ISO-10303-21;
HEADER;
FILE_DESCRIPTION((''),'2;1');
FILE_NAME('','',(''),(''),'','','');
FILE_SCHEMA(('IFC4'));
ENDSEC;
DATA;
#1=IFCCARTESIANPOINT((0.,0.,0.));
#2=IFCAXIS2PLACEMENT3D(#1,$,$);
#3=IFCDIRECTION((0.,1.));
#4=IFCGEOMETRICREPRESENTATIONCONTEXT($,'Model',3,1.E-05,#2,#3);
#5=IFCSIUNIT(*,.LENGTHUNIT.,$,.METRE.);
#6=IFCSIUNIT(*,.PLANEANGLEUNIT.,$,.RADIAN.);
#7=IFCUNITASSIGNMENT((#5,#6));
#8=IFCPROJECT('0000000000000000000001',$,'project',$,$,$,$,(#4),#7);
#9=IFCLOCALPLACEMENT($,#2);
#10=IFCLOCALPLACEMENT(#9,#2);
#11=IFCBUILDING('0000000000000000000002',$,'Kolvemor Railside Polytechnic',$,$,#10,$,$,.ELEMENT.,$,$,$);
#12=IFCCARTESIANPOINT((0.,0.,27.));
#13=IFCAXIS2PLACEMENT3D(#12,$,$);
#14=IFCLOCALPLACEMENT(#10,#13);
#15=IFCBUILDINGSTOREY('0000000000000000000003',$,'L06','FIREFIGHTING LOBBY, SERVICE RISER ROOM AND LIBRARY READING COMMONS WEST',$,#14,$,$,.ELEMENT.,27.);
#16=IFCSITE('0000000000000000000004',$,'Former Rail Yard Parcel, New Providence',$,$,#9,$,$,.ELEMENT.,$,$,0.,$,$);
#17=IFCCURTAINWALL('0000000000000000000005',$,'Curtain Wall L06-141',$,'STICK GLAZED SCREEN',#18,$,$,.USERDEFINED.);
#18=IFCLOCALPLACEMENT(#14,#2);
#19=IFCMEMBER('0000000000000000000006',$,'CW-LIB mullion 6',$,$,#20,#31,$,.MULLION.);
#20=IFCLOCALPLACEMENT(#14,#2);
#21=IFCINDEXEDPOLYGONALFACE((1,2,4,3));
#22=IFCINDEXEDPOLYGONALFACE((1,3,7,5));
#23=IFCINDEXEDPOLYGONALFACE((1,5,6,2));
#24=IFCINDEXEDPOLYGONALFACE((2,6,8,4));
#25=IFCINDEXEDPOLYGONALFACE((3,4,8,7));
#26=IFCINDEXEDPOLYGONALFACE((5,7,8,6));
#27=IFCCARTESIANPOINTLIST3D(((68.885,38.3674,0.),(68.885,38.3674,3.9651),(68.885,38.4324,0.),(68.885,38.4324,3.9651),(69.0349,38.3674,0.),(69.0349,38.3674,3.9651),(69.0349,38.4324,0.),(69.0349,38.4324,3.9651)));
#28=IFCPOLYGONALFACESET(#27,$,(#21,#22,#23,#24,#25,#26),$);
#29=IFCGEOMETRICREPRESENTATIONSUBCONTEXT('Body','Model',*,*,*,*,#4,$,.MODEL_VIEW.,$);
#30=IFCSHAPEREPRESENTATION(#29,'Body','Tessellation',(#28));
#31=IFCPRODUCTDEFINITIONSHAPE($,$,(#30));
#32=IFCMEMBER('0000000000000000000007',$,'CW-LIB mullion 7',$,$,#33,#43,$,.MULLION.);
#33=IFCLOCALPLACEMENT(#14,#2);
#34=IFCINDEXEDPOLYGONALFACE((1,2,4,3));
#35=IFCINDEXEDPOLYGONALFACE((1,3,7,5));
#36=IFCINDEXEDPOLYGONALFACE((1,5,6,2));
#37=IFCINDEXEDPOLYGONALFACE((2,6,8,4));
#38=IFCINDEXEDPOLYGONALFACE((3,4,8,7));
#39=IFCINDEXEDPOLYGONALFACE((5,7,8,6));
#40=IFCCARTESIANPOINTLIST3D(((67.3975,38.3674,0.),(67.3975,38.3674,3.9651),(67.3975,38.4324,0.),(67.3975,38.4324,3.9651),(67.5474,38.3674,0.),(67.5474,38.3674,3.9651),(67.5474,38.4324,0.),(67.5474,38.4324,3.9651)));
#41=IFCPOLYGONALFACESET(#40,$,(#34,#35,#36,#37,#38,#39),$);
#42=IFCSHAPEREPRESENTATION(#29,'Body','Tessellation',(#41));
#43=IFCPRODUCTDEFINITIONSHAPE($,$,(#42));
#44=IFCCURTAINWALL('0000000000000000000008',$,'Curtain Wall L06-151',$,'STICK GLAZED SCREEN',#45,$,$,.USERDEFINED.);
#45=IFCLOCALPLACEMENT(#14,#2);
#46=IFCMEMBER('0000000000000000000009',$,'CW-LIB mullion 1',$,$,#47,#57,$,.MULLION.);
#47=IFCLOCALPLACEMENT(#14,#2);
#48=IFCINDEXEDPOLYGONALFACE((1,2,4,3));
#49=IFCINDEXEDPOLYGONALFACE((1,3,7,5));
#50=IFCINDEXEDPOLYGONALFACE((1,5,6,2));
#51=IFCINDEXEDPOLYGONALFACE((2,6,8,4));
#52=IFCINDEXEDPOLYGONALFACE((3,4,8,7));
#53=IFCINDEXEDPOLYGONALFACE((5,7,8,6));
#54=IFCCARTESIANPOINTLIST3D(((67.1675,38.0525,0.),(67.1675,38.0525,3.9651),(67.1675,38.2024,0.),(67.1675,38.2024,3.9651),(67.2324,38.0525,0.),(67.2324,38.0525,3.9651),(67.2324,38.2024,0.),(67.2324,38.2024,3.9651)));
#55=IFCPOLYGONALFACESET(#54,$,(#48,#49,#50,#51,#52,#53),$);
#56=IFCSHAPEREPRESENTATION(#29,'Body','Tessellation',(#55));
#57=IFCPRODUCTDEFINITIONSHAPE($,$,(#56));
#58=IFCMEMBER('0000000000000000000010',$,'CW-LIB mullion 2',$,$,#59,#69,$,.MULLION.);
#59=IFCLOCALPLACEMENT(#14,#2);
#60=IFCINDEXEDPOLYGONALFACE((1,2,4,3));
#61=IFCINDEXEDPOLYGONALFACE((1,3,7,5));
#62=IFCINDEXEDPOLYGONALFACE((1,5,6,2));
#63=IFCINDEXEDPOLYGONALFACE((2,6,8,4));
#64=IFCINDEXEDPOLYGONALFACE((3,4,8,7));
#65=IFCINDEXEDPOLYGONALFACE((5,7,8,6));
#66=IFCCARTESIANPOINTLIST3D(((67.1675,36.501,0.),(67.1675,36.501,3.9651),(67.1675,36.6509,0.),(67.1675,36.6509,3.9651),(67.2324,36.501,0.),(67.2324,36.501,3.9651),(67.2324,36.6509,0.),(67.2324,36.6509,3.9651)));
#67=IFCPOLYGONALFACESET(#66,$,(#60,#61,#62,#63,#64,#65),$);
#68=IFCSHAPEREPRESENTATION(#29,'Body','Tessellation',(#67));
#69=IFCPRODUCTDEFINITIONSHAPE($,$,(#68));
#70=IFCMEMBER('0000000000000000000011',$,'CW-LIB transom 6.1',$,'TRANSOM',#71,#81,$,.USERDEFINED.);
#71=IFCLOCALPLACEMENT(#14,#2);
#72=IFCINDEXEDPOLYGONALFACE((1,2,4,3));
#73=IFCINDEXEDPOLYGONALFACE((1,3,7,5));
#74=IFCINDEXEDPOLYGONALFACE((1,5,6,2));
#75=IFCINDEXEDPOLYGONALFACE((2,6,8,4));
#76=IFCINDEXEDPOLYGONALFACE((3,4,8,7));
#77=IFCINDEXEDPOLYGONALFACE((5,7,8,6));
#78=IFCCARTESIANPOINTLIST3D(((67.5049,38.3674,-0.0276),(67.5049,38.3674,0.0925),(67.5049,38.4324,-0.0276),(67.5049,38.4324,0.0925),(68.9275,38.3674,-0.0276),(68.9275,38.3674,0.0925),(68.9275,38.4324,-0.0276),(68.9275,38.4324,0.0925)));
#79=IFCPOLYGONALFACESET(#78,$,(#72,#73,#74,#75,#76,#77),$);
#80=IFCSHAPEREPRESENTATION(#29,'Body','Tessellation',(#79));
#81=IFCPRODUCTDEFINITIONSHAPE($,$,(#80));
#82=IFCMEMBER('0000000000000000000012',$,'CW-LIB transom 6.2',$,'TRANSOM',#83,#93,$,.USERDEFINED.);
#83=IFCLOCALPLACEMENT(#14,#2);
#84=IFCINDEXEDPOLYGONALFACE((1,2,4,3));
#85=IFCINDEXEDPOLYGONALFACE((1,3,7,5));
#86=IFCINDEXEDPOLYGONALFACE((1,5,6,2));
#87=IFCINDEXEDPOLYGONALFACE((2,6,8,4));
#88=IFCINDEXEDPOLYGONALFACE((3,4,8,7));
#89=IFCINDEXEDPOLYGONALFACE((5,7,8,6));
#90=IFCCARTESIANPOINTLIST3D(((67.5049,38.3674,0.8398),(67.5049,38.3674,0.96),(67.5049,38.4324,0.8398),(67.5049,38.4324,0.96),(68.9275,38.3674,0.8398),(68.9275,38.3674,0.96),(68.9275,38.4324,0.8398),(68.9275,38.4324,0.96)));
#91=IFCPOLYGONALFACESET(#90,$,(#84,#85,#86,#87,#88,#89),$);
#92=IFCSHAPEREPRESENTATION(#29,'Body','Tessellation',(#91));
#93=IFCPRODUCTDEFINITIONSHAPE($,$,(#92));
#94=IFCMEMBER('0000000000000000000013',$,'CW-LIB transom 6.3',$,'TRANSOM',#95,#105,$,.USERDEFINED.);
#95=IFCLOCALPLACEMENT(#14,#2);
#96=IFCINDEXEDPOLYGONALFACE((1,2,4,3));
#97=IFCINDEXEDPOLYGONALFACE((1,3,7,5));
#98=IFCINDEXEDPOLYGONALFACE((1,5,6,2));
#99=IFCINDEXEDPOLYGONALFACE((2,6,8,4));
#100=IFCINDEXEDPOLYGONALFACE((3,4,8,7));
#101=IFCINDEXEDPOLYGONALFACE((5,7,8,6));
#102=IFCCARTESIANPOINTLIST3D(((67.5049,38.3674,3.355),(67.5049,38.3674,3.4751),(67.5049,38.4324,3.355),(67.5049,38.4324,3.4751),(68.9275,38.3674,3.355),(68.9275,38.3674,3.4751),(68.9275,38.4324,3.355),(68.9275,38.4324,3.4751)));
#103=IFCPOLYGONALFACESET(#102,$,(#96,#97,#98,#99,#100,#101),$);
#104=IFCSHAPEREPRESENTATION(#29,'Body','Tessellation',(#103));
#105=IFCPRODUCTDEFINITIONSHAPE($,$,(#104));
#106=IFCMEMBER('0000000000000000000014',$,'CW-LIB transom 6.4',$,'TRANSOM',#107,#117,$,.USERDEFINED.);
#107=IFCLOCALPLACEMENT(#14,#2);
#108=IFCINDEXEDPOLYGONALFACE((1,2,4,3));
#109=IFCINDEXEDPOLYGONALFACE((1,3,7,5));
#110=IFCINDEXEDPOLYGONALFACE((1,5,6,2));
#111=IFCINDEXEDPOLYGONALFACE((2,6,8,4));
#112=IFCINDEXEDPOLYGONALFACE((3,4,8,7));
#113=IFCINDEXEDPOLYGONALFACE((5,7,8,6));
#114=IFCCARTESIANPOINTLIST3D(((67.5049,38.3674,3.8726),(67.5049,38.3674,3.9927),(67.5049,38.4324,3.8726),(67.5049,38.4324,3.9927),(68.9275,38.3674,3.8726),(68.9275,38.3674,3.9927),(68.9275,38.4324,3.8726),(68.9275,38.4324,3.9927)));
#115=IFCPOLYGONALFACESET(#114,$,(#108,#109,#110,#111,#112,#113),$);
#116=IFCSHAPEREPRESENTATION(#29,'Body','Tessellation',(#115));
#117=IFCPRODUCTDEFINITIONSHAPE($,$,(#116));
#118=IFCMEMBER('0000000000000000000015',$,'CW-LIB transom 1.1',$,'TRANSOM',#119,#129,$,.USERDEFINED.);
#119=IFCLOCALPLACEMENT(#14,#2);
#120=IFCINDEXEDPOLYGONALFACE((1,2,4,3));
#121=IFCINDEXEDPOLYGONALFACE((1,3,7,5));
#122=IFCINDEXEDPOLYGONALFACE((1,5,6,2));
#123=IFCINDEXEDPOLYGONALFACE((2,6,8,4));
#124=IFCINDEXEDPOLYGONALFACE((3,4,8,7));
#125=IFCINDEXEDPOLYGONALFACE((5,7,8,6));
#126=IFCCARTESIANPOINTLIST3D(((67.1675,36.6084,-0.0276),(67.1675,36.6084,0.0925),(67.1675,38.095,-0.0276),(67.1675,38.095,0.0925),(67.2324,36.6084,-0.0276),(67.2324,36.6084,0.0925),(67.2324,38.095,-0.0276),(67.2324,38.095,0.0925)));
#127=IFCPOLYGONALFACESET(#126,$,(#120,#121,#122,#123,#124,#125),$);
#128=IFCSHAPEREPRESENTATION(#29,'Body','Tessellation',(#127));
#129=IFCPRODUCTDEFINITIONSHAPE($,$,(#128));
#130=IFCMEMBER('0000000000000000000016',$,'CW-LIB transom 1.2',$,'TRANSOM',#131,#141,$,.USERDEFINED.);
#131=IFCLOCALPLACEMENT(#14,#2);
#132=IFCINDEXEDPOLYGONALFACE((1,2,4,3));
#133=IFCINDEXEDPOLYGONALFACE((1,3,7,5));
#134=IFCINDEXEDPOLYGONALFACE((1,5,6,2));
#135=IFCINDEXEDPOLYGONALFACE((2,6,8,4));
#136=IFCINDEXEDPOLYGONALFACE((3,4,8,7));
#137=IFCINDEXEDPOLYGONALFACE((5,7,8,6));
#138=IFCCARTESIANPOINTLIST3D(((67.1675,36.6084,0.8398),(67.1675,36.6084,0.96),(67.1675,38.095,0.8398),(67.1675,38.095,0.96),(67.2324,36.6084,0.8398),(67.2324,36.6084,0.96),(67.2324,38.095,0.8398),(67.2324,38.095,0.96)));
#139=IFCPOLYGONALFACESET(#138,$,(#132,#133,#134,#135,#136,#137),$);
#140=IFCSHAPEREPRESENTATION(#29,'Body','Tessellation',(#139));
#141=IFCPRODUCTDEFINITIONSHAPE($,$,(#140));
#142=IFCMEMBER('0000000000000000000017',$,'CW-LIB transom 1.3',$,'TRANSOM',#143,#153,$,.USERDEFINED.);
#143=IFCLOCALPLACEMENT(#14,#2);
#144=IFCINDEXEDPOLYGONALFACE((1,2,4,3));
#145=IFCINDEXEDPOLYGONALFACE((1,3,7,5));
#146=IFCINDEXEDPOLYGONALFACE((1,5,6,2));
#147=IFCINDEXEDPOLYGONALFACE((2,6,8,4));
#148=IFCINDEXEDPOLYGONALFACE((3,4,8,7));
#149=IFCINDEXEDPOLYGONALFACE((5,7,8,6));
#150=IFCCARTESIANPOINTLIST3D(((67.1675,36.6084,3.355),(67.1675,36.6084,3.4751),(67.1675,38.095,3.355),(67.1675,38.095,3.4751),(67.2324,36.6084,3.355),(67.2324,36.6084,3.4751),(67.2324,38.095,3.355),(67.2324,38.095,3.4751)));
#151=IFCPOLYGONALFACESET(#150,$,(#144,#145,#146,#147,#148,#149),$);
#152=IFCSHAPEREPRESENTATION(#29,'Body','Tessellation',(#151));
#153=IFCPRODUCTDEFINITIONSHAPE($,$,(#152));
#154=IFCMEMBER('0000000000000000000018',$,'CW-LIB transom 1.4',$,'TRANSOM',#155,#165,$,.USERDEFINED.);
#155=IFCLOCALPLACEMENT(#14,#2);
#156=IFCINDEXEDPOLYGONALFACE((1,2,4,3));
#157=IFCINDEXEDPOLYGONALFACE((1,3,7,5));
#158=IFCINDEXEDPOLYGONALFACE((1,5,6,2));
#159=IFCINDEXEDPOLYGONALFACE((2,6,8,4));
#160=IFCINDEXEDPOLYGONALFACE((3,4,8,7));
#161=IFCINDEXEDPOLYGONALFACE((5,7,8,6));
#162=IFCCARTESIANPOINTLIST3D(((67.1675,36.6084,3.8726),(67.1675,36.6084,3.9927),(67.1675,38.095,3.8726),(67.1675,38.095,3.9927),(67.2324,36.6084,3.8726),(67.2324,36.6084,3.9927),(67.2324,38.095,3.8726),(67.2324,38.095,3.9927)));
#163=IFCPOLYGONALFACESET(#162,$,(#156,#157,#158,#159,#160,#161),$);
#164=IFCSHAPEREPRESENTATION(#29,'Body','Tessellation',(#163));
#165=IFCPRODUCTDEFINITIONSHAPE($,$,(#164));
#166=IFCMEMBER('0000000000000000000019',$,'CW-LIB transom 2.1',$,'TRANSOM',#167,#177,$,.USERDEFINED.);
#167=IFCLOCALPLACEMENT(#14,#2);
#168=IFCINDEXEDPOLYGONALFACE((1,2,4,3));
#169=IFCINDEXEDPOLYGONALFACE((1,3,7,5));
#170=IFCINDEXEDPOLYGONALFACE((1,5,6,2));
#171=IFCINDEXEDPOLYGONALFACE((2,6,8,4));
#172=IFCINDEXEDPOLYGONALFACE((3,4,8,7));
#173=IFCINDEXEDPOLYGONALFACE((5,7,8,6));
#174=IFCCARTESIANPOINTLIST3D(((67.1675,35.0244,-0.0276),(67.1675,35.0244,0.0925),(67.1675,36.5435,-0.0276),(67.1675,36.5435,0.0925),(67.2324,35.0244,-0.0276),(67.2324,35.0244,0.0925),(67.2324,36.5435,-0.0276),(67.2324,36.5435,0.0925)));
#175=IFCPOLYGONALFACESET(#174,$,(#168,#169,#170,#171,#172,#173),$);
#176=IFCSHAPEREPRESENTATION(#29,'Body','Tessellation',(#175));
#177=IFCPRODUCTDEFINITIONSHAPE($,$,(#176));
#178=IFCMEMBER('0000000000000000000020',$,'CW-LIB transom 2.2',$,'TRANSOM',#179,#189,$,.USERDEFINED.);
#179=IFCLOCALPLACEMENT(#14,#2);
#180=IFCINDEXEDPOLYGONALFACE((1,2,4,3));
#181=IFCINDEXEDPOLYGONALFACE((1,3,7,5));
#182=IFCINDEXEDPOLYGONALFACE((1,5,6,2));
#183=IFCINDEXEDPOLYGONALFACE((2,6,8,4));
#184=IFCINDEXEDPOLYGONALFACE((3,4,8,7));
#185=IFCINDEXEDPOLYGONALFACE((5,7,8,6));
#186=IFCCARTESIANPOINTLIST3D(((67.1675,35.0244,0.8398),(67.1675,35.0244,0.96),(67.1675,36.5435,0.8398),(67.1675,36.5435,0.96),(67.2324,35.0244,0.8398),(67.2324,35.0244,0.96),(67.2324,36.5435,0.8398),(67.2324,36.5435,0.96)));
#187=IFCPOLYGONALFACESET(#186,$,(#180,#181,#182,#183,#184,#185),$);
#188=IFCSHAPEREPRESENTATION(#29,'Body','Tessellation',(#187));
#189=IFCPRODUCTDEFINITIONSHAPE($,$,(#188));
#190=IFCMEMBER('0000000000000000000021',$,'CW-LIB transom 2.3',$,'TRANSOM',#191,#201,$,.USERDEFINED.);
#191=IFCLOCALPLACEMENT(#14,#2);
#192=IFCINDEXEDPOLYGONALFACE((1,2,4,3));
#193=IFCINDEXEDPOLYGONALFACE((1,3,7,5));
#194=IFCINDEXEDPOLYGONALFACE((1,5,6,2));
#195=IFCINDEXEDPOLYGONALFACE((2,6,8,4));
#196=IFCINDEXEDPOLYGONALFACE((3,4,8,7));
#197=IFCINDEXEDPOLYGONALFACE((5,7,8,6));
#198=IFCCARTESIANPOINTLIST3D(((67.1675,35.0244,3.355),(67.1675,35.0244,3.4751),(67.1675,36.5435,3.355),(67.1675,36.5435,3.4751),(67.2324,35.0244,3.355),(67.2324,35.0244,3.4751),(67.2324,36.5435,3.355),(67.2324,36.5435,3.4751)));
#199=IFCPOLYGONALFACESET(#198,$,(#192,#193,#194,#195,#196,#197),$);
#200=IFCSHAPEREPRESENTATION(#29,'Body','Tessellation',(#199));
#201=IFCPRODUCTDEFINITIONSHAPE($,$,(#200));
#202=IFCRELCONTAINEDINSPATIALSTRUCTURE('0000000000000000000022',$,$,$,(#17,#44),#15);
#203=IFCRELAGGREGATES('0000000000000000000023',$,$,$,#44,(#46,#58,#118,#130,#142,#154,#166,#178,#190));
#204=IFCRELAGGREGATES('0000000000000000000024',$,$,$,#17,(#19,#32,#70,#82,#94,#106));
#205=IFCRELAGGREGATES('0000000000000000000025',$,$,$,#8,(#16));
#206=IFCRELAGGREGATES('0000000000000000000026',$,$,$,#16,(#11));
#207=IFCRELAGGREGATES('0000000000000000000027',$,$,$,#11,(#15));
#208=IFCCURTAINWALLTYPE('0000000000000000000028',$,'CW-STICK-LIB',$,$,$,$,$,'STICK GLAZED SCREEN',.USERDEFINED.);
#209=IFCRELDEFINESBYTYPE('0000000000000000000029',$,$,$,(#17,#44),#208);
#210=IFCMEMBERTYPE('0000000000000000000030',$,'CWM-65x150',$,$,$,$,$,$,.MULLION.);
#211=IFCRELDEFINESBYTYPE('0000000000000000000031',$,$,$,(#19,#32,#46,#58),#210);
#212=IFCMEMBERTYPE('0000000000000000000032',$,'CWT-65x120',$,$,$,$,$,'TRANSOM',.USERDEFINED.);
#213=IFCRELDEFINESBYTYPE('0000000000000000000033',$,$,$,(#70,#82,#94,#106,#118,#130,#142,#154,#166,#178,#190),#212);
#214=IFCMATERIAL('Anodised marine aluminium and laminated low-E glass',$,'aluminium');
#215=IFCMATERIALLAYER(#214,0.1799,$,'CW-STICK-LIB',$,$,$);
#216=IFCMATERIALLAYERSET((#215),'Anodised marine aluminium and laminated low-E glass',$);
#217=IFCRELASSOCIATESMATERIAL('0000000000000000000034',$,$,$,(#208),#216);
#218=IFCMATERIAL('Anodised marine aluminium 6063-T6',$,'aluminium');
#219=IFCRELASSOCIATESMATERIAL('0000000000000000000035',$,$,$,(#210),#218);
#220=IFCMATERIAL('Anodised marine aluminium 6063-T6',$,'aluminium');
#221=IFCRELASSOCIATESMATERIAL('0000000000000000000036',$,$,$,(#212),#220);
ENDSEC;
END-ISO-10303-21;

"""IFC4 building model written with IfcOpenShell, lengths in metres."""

from ifc_helpers import new_model, si_unit, direction, frame, origin, origin_2d, place, context, subcontext, project, spatial, rectangle, extrude, material, layer, layer_set, material_profile, profile_set, type_object, element, aggregate, save


model = new_model("IFC4")

# Units and contexts
model_context = context("Model", 3, precision=1e-05, world=origin(), true_north=direction((0.0, 1.0)))
body_context = subcontext(model_context, "Body", "Model", "MODEL_VIEW")
ifc_project = project(units=[si_unit("LENGTHUNIT", "METRE"), si_unit("PLANEANGLEUNIT", "RADIAN")], contexts=[model_context])

# Site, building, storey
site_placement = place(None, origin())
site = spatial("IfcSite", under=ifc_project, at=site_placement, Name="Former Rail Yard Parcel, New Providence", CompositionType="ELEMENT", RefElevation=0.0)
building_placement = place(site_placement, origin())
building = spatial("IfcBuilding", under=site, at=building_placement, Name="Kolvemor Railside Polytechnic", CompositionType="ELEMENT")
storey_placement = place(building_placement, frame((0.0, 0.0, 27.0)))
storey = spatial("IfcBuildingStorey", under=building, at=storey_placement, Name="L06", Description="FIREFIGHTING LOBBY, SERVICE RISER ROOM AND LIBRARY READING COMMONS WEST", CompositionType="ELEMENT", Elevation=27.0)

# Curtain walls, members
ifc_material_1 = material(Name="Anodised marine aluminium and laminated low-E glass", Category="aluminium")
ifc_layer_1 = layer(ifc_material_1, 0.1799, Name="CW-STICK-LIB")
ifc_layer_set_1 = layer_set([ifc_layer_1], Name="Anodised marine aluminium and laminated low-E glass")
curtain_wall_type = type_object("IfcCurtainWallType", Name="CW-STICK-LIB", ElementType="STICK GLAZED SCREEN", PredefinedType="USERDEFINED", material=ifc_layer_set_1)
curtain_wall_1_placement = place(storey_placement, origin())
curtain_wall_1 = element("IfcCurtainWall", 1, at=curtain_wall_1_placement, inside=storey, type_object=curtain_wall_type, Name="Curtain Wall L06-141", ObjectType="STICK GLAZED SCREEN", PredefinedType="USERDEFINED")
ifc_material_2 = material(Name="Anodised marine aluminium 6063-T6", Category="aluminium")
ifc_material_profile_1 = material_profile(ifc_material_2, rectangle(XDim=0.0649, YDim=0.1499, at=origin_2d()), Name="CW-MUL-65x150")
ifc_profile_set_1 = profile_set([ifc_material_profile_1], Name="Anodised marine aluminium 6063-T6")
member_type_1 = type_object("IfcMemberType", Name="CWM-65x150", PredefinedType="MULLION", material=ifc_profile_set_1)
member_1_placement = place(storey_placement, frame((68.96, 38.3999, 0.0), z_axis=(0.0, 0.0, 1.0), x_axis=(0.0, -1.0, 0.0)))
member_1 = element("IfcMember", 2, at=member_1_placement, type_object=member_type_1, Name="CW-LIB mullion 6", PredefinedType="MULLION", context=body_context, shape_type="SweptSolid", body=[
    extrude(rectangle(XDim=0.0649, YDim=0.1499, at=origin_2d()), origin(), (0.0, 0.0, 1.0), 3.9651),
])
member_2_placement = place(storey_placement, frame((67.4724, 38.3999, 0.0), z_axis=(0.0, 0.0, 1.0), x_axis=(0.0, -1.0, 0.0)))
member_2 = element("IfcMember", 3, at=member_2_placement, type_object=member_type_1, Name="CW-LIB mullion 7", PredefinedType="MULLION", context=body_context, shape_type="SweptSolid", body=[
    extrude(rectangle(XDim=0.0649, YDim=0.1499, at=origin_2d()), origin(), (0.0, 0.0, 1.0), 3.9651),
])
curtain_wall_2_placement = place(storey_placement, origin())
curtain_wall_2 = element("IfcCurtainWall", 4, at=curtain_wall_2_placement, inside=storey, type_object=curtain_wall_type, Name="Curtain Wall L06-151", ObjectType="STICK GLAZED SCREEN", PredefinedType="USERDEFINED")
member_3_placement = place(storey_placement, frame((67.2, 38.1274, 0.0), z_axis=(0.0, 0.0, 1.0), x_axis=(1.0, 0.0, 0.0)))
member_3 = element("IfcMember", 5, at=member_3_placement, type_object=member_type_1, Name="CW-LIB mullion 1", PredefinedType="MULLION", context=body_context, shape_type="SweptSolid", body=[
    extrude(rectangle(XDim=0.0649, YDim=0.1499, at=origin_2d()), origin(), (0.0, 0.0, 1.0), 3.9651),
])
member_4_placement = place(storey_placement, frame((67.2, 36.5759, 0.0), z_axis=(0.0, 0.0, 1.0), x_axis=(1.0, 0.0, 0.0)))
member_4 = element("IfcMember", 6, at=member_4_placement, type_object=member_type_1, Name="CW-LIB mullion 2", PredefinedType="MULLION", context=body_context, shape_type="SweptSolid", body=[
    extrude(rectangle(XDim=0.0649, YDim=0.1499, at=origin_2d()), origin(), (0.0, 0.0, 1.0), 3.9651),
])

# Members
ifc_material_3 = material(Name="Anodised marine aluminium 6063-T6", Category="aluminium")
ifc_material_profile_2 = material_profile(ifc_material_3, rectangle(XDim=0.0649, YDim=0.1201, at=origin_2d()), Name="CW-TRN-65x120")
ifc_profile_set_2 = profile_set([ifc_material_profile_2], Name="Anodised marine aluminium 6063-T6")
member_type_2 = type_object("IfcMemberType", Name="CWT-65x120", ElementType="TRANSOM", PredefinedType="USERDEFINED", material=ifc_profile_set_2)
member_5_placement = place(storey_placement, frame((68.9275, 38.3999, 0.0325), z_axis=(-1.0, 0.0, 0.0), x_axis=(0.0, -1.0, 0.0)))
member_5 = element("IfcMember", 7, at=member_5_placement, type_object=member_type_2, Name="CW-LIB transom 6.1", ObjectType="TRANSOM", PredefinedType="USERDEFINED", context=body_context, shape_type="SweptSolid", body=[
    extrude(rectangle(XDim=0.0649, YDim=0.1201, at=origin_2d()), origin(), (0.0, 0.0, 1.0), 1.4226),
])
member_6_placement = place(storey_placement, frame((68.9275, 38.3999, 0.8999), z_axis=(-1.0, 0.0, 0.0), x_axis=(0.0, -1.0, 0.0)))
member_6 = element("IfcMember", 8, at=member_6_placement, type_object=member_type_2, Name="CW-LIB transom 6.2", ObjectType="TRANSOM", PredefinedType="USERDEFINED", context=body_context, shape_type="SweptSolid", body=[
    extrude(rectangle(XDim=0.0649, YDim=0.1201, at=origin_2d()), origin(), (0.0, 0.0, 1.0), 1.4226),
])
member_7_placement = place(storey_placement, frame((68.9275, 38.3999, 3.415), z_axis=(-1.0, 0.0, 0.0), x_axis=(0.0, -1.0, 0.0)))
member_7 = element("IfcMember", 9, at=member_7_placement, type_object=member_type_2, Name="CW-LIB transom 6.3", ObjectType="TRANSOM", PredefinedType="USERDEFINED", context=body_context, shape_type="SweptSolid", body=[
    extrude(rectangle(XDim=0.0649, YDim=0.1201, at=origin_2d()), origin(), (0.0, 0.0, 1.0), 1.4226),
])
member_8_placement = place(storey_placement, frame((68.9275, 38.3999, 3.9326), z_axis=(-1.0, 0.0, 0.0), x_axis=(0.0, -1.0, 0.0)))
member_8 = element("IfcMember", 10, at=member_8_placement, type_object=member_type_2, Name="CW-LIB transom 6.4", ObjectType="TRANSOM", PredefinedType="USERDEFINED", context=body_context, shape_type="SweptSolid", body=[
    extrude(rectangle(XDim=0.0649, YDim=0.1201, at=origin_2d()), origin(), (0.0, 0.0, 1.0), 1.4226),
])
member_9_placement = place(storey_placement, frame((67.2, 38.095, 0.0325), z_axis=(0.0, -1.0, 0.0), x_axis=(1.0, 0.0, 0.0)))
member_9 = element("IfcMember", 11, at=member_9_placement, type_object=member_type_2, Name="CW-LIB transom 1.1", ObjectType="TRANSOM", PredefinedType="USERDEFINED", context=body_context, shape_type="SweptSolid", body=[
    extrude(rectangle(XDim=0.0649, YDim=0.1201, at=origin_2d()), origin(), (0.0, 0.0, 1.0), 1.4866),
])
member_10_placement = place(storey_placement, frame((67.2, 38.095, 0.8999), z_axis=(0.0, -1.0, 0.0), x_axis=(1.0, 0.0, 0.0)))
member_10 = element("IfcMember", 12, at=member_10_placement, type_object=member_type_2, Name="CW-LIB transom 1.2", ObjectType="TRANSOM", PredefinedType="USERDEFINED", context=body_context, shape_type="SweptSolid", body=[
    extrude(rectangle(XDim=0.0649, YDim=0.1201, at=origin_2d()), origin(), (0.0, 0.0, 1.0), 1.4866),
])
member_11_placement = place(storey_placement, frame((67.2, 38.095, 3.415), z_axis=(0.0, -1.0, 0.0), x_axis=(1.0, 0.0, 0.0)))
member_11 = element("IfcMember", 13, at=member_11_placement, type_object=member_type_2, Name="CW-LIB transom 1.3", ObjectType="TRANSOM", PredefinedType="USERDEFINED", context=body_context, shape_type="SweptSolid", body=[
    extrude(rectangle(XDim=0.0649, YDim=0.1201, at=origin_2d()), origin(), (0.0, 0.0, 1.0), 1.4866),
])
member_12_placement = place(storey_placement, frame((67.2, 38.095, 3.9326), z_axis=(0.0, -1.0, 0.0), x_axis=(1.0, 0.0, 0.0)))
member_12 = element("IfcMember", 14, at=member_12_placement, type_object=member_type_2, Name="CW-LIB transom 1.4", ObjectType="TRANSOM", PredefinedType="USERDEFINED", context=body_context, shape_type="SweptSolid", body=[
    extrude(rectangle(XDim=0.0649, YDim=0.1201, at=origin_2d()), origin(), (0.0, 0.0, 1.0), 1.4866),
])
member_13_placement = place(storey_placement, frame((67.2, 36.5435, 0.0325), z_axis=(0.0, -1.0, 0.0), x_axis=(1.0, 0.0, 0.0)))
member_13 = element("IfcMember", 15, at=member_13_placement, type_object=member_type_2, Name="CW-LIB transom 2.1", ObjectType="TRANSOM", PredefinedType="USERDEFINED", context=body_context, shape_type="SweptSolid", body=[
    extrude(rectangle(XDim=0.0649, YDim=0.1201, at=origin_2d()), origin(), (0.0, 0.0, 1.0), 1.519),
])
member_14_placement = place(storey_placement, frame((67.2, 36.5435, 0.8999), z_axis=(0.0, -1.0, 0.0), x_axis=(1.0, 0.0, 0.0)))
member_14 = element("IfcMember", 16, at=member_14_placement, type_object=member_type_2, Name="CW-LIB transom 2.2", ObjectType="TRANSOM", PredefinedType="USERDEFINED", context=body_context, shape_type="SweptSolid", body=[
    extrude(rectangle(XDim=0.0649, YDim=0.1201, at=origin_2d()), origin(), (0.0, 0.0, 1.0), 1.519),
])
member_15_placement = place(storey_placement, frame((67.2, 36.5435, 3.415), z_axis=(0.0, -1.0, 0.0), x_axis=(1.0, 0.0, 0.0)))
member_15 = element("IfcMember", 17, at=member_15_placement, type_object=member_type_2, Name="CW-LIB transom 2.3", ObjectType="TRANSOM", PredefinedType="USERDEFINED", context=body_context, shape_type="SweptSolid", body=[
    extrude(rectangle(XDim=0.0649, YDim=0.1201, at=origin_2d()), origin(), (0.0, 0.0, 1.0), 1.519),
])

aggregate(curtain_wall_2, [member_3, member_4, member_9, member_10, member_11, member_12, member_13, member_14, member_15])
aggregate(curtain_wall_1, [member_1, member_2, member_5, member_6, member_7, member_8])

save(model, "model.ifc")
